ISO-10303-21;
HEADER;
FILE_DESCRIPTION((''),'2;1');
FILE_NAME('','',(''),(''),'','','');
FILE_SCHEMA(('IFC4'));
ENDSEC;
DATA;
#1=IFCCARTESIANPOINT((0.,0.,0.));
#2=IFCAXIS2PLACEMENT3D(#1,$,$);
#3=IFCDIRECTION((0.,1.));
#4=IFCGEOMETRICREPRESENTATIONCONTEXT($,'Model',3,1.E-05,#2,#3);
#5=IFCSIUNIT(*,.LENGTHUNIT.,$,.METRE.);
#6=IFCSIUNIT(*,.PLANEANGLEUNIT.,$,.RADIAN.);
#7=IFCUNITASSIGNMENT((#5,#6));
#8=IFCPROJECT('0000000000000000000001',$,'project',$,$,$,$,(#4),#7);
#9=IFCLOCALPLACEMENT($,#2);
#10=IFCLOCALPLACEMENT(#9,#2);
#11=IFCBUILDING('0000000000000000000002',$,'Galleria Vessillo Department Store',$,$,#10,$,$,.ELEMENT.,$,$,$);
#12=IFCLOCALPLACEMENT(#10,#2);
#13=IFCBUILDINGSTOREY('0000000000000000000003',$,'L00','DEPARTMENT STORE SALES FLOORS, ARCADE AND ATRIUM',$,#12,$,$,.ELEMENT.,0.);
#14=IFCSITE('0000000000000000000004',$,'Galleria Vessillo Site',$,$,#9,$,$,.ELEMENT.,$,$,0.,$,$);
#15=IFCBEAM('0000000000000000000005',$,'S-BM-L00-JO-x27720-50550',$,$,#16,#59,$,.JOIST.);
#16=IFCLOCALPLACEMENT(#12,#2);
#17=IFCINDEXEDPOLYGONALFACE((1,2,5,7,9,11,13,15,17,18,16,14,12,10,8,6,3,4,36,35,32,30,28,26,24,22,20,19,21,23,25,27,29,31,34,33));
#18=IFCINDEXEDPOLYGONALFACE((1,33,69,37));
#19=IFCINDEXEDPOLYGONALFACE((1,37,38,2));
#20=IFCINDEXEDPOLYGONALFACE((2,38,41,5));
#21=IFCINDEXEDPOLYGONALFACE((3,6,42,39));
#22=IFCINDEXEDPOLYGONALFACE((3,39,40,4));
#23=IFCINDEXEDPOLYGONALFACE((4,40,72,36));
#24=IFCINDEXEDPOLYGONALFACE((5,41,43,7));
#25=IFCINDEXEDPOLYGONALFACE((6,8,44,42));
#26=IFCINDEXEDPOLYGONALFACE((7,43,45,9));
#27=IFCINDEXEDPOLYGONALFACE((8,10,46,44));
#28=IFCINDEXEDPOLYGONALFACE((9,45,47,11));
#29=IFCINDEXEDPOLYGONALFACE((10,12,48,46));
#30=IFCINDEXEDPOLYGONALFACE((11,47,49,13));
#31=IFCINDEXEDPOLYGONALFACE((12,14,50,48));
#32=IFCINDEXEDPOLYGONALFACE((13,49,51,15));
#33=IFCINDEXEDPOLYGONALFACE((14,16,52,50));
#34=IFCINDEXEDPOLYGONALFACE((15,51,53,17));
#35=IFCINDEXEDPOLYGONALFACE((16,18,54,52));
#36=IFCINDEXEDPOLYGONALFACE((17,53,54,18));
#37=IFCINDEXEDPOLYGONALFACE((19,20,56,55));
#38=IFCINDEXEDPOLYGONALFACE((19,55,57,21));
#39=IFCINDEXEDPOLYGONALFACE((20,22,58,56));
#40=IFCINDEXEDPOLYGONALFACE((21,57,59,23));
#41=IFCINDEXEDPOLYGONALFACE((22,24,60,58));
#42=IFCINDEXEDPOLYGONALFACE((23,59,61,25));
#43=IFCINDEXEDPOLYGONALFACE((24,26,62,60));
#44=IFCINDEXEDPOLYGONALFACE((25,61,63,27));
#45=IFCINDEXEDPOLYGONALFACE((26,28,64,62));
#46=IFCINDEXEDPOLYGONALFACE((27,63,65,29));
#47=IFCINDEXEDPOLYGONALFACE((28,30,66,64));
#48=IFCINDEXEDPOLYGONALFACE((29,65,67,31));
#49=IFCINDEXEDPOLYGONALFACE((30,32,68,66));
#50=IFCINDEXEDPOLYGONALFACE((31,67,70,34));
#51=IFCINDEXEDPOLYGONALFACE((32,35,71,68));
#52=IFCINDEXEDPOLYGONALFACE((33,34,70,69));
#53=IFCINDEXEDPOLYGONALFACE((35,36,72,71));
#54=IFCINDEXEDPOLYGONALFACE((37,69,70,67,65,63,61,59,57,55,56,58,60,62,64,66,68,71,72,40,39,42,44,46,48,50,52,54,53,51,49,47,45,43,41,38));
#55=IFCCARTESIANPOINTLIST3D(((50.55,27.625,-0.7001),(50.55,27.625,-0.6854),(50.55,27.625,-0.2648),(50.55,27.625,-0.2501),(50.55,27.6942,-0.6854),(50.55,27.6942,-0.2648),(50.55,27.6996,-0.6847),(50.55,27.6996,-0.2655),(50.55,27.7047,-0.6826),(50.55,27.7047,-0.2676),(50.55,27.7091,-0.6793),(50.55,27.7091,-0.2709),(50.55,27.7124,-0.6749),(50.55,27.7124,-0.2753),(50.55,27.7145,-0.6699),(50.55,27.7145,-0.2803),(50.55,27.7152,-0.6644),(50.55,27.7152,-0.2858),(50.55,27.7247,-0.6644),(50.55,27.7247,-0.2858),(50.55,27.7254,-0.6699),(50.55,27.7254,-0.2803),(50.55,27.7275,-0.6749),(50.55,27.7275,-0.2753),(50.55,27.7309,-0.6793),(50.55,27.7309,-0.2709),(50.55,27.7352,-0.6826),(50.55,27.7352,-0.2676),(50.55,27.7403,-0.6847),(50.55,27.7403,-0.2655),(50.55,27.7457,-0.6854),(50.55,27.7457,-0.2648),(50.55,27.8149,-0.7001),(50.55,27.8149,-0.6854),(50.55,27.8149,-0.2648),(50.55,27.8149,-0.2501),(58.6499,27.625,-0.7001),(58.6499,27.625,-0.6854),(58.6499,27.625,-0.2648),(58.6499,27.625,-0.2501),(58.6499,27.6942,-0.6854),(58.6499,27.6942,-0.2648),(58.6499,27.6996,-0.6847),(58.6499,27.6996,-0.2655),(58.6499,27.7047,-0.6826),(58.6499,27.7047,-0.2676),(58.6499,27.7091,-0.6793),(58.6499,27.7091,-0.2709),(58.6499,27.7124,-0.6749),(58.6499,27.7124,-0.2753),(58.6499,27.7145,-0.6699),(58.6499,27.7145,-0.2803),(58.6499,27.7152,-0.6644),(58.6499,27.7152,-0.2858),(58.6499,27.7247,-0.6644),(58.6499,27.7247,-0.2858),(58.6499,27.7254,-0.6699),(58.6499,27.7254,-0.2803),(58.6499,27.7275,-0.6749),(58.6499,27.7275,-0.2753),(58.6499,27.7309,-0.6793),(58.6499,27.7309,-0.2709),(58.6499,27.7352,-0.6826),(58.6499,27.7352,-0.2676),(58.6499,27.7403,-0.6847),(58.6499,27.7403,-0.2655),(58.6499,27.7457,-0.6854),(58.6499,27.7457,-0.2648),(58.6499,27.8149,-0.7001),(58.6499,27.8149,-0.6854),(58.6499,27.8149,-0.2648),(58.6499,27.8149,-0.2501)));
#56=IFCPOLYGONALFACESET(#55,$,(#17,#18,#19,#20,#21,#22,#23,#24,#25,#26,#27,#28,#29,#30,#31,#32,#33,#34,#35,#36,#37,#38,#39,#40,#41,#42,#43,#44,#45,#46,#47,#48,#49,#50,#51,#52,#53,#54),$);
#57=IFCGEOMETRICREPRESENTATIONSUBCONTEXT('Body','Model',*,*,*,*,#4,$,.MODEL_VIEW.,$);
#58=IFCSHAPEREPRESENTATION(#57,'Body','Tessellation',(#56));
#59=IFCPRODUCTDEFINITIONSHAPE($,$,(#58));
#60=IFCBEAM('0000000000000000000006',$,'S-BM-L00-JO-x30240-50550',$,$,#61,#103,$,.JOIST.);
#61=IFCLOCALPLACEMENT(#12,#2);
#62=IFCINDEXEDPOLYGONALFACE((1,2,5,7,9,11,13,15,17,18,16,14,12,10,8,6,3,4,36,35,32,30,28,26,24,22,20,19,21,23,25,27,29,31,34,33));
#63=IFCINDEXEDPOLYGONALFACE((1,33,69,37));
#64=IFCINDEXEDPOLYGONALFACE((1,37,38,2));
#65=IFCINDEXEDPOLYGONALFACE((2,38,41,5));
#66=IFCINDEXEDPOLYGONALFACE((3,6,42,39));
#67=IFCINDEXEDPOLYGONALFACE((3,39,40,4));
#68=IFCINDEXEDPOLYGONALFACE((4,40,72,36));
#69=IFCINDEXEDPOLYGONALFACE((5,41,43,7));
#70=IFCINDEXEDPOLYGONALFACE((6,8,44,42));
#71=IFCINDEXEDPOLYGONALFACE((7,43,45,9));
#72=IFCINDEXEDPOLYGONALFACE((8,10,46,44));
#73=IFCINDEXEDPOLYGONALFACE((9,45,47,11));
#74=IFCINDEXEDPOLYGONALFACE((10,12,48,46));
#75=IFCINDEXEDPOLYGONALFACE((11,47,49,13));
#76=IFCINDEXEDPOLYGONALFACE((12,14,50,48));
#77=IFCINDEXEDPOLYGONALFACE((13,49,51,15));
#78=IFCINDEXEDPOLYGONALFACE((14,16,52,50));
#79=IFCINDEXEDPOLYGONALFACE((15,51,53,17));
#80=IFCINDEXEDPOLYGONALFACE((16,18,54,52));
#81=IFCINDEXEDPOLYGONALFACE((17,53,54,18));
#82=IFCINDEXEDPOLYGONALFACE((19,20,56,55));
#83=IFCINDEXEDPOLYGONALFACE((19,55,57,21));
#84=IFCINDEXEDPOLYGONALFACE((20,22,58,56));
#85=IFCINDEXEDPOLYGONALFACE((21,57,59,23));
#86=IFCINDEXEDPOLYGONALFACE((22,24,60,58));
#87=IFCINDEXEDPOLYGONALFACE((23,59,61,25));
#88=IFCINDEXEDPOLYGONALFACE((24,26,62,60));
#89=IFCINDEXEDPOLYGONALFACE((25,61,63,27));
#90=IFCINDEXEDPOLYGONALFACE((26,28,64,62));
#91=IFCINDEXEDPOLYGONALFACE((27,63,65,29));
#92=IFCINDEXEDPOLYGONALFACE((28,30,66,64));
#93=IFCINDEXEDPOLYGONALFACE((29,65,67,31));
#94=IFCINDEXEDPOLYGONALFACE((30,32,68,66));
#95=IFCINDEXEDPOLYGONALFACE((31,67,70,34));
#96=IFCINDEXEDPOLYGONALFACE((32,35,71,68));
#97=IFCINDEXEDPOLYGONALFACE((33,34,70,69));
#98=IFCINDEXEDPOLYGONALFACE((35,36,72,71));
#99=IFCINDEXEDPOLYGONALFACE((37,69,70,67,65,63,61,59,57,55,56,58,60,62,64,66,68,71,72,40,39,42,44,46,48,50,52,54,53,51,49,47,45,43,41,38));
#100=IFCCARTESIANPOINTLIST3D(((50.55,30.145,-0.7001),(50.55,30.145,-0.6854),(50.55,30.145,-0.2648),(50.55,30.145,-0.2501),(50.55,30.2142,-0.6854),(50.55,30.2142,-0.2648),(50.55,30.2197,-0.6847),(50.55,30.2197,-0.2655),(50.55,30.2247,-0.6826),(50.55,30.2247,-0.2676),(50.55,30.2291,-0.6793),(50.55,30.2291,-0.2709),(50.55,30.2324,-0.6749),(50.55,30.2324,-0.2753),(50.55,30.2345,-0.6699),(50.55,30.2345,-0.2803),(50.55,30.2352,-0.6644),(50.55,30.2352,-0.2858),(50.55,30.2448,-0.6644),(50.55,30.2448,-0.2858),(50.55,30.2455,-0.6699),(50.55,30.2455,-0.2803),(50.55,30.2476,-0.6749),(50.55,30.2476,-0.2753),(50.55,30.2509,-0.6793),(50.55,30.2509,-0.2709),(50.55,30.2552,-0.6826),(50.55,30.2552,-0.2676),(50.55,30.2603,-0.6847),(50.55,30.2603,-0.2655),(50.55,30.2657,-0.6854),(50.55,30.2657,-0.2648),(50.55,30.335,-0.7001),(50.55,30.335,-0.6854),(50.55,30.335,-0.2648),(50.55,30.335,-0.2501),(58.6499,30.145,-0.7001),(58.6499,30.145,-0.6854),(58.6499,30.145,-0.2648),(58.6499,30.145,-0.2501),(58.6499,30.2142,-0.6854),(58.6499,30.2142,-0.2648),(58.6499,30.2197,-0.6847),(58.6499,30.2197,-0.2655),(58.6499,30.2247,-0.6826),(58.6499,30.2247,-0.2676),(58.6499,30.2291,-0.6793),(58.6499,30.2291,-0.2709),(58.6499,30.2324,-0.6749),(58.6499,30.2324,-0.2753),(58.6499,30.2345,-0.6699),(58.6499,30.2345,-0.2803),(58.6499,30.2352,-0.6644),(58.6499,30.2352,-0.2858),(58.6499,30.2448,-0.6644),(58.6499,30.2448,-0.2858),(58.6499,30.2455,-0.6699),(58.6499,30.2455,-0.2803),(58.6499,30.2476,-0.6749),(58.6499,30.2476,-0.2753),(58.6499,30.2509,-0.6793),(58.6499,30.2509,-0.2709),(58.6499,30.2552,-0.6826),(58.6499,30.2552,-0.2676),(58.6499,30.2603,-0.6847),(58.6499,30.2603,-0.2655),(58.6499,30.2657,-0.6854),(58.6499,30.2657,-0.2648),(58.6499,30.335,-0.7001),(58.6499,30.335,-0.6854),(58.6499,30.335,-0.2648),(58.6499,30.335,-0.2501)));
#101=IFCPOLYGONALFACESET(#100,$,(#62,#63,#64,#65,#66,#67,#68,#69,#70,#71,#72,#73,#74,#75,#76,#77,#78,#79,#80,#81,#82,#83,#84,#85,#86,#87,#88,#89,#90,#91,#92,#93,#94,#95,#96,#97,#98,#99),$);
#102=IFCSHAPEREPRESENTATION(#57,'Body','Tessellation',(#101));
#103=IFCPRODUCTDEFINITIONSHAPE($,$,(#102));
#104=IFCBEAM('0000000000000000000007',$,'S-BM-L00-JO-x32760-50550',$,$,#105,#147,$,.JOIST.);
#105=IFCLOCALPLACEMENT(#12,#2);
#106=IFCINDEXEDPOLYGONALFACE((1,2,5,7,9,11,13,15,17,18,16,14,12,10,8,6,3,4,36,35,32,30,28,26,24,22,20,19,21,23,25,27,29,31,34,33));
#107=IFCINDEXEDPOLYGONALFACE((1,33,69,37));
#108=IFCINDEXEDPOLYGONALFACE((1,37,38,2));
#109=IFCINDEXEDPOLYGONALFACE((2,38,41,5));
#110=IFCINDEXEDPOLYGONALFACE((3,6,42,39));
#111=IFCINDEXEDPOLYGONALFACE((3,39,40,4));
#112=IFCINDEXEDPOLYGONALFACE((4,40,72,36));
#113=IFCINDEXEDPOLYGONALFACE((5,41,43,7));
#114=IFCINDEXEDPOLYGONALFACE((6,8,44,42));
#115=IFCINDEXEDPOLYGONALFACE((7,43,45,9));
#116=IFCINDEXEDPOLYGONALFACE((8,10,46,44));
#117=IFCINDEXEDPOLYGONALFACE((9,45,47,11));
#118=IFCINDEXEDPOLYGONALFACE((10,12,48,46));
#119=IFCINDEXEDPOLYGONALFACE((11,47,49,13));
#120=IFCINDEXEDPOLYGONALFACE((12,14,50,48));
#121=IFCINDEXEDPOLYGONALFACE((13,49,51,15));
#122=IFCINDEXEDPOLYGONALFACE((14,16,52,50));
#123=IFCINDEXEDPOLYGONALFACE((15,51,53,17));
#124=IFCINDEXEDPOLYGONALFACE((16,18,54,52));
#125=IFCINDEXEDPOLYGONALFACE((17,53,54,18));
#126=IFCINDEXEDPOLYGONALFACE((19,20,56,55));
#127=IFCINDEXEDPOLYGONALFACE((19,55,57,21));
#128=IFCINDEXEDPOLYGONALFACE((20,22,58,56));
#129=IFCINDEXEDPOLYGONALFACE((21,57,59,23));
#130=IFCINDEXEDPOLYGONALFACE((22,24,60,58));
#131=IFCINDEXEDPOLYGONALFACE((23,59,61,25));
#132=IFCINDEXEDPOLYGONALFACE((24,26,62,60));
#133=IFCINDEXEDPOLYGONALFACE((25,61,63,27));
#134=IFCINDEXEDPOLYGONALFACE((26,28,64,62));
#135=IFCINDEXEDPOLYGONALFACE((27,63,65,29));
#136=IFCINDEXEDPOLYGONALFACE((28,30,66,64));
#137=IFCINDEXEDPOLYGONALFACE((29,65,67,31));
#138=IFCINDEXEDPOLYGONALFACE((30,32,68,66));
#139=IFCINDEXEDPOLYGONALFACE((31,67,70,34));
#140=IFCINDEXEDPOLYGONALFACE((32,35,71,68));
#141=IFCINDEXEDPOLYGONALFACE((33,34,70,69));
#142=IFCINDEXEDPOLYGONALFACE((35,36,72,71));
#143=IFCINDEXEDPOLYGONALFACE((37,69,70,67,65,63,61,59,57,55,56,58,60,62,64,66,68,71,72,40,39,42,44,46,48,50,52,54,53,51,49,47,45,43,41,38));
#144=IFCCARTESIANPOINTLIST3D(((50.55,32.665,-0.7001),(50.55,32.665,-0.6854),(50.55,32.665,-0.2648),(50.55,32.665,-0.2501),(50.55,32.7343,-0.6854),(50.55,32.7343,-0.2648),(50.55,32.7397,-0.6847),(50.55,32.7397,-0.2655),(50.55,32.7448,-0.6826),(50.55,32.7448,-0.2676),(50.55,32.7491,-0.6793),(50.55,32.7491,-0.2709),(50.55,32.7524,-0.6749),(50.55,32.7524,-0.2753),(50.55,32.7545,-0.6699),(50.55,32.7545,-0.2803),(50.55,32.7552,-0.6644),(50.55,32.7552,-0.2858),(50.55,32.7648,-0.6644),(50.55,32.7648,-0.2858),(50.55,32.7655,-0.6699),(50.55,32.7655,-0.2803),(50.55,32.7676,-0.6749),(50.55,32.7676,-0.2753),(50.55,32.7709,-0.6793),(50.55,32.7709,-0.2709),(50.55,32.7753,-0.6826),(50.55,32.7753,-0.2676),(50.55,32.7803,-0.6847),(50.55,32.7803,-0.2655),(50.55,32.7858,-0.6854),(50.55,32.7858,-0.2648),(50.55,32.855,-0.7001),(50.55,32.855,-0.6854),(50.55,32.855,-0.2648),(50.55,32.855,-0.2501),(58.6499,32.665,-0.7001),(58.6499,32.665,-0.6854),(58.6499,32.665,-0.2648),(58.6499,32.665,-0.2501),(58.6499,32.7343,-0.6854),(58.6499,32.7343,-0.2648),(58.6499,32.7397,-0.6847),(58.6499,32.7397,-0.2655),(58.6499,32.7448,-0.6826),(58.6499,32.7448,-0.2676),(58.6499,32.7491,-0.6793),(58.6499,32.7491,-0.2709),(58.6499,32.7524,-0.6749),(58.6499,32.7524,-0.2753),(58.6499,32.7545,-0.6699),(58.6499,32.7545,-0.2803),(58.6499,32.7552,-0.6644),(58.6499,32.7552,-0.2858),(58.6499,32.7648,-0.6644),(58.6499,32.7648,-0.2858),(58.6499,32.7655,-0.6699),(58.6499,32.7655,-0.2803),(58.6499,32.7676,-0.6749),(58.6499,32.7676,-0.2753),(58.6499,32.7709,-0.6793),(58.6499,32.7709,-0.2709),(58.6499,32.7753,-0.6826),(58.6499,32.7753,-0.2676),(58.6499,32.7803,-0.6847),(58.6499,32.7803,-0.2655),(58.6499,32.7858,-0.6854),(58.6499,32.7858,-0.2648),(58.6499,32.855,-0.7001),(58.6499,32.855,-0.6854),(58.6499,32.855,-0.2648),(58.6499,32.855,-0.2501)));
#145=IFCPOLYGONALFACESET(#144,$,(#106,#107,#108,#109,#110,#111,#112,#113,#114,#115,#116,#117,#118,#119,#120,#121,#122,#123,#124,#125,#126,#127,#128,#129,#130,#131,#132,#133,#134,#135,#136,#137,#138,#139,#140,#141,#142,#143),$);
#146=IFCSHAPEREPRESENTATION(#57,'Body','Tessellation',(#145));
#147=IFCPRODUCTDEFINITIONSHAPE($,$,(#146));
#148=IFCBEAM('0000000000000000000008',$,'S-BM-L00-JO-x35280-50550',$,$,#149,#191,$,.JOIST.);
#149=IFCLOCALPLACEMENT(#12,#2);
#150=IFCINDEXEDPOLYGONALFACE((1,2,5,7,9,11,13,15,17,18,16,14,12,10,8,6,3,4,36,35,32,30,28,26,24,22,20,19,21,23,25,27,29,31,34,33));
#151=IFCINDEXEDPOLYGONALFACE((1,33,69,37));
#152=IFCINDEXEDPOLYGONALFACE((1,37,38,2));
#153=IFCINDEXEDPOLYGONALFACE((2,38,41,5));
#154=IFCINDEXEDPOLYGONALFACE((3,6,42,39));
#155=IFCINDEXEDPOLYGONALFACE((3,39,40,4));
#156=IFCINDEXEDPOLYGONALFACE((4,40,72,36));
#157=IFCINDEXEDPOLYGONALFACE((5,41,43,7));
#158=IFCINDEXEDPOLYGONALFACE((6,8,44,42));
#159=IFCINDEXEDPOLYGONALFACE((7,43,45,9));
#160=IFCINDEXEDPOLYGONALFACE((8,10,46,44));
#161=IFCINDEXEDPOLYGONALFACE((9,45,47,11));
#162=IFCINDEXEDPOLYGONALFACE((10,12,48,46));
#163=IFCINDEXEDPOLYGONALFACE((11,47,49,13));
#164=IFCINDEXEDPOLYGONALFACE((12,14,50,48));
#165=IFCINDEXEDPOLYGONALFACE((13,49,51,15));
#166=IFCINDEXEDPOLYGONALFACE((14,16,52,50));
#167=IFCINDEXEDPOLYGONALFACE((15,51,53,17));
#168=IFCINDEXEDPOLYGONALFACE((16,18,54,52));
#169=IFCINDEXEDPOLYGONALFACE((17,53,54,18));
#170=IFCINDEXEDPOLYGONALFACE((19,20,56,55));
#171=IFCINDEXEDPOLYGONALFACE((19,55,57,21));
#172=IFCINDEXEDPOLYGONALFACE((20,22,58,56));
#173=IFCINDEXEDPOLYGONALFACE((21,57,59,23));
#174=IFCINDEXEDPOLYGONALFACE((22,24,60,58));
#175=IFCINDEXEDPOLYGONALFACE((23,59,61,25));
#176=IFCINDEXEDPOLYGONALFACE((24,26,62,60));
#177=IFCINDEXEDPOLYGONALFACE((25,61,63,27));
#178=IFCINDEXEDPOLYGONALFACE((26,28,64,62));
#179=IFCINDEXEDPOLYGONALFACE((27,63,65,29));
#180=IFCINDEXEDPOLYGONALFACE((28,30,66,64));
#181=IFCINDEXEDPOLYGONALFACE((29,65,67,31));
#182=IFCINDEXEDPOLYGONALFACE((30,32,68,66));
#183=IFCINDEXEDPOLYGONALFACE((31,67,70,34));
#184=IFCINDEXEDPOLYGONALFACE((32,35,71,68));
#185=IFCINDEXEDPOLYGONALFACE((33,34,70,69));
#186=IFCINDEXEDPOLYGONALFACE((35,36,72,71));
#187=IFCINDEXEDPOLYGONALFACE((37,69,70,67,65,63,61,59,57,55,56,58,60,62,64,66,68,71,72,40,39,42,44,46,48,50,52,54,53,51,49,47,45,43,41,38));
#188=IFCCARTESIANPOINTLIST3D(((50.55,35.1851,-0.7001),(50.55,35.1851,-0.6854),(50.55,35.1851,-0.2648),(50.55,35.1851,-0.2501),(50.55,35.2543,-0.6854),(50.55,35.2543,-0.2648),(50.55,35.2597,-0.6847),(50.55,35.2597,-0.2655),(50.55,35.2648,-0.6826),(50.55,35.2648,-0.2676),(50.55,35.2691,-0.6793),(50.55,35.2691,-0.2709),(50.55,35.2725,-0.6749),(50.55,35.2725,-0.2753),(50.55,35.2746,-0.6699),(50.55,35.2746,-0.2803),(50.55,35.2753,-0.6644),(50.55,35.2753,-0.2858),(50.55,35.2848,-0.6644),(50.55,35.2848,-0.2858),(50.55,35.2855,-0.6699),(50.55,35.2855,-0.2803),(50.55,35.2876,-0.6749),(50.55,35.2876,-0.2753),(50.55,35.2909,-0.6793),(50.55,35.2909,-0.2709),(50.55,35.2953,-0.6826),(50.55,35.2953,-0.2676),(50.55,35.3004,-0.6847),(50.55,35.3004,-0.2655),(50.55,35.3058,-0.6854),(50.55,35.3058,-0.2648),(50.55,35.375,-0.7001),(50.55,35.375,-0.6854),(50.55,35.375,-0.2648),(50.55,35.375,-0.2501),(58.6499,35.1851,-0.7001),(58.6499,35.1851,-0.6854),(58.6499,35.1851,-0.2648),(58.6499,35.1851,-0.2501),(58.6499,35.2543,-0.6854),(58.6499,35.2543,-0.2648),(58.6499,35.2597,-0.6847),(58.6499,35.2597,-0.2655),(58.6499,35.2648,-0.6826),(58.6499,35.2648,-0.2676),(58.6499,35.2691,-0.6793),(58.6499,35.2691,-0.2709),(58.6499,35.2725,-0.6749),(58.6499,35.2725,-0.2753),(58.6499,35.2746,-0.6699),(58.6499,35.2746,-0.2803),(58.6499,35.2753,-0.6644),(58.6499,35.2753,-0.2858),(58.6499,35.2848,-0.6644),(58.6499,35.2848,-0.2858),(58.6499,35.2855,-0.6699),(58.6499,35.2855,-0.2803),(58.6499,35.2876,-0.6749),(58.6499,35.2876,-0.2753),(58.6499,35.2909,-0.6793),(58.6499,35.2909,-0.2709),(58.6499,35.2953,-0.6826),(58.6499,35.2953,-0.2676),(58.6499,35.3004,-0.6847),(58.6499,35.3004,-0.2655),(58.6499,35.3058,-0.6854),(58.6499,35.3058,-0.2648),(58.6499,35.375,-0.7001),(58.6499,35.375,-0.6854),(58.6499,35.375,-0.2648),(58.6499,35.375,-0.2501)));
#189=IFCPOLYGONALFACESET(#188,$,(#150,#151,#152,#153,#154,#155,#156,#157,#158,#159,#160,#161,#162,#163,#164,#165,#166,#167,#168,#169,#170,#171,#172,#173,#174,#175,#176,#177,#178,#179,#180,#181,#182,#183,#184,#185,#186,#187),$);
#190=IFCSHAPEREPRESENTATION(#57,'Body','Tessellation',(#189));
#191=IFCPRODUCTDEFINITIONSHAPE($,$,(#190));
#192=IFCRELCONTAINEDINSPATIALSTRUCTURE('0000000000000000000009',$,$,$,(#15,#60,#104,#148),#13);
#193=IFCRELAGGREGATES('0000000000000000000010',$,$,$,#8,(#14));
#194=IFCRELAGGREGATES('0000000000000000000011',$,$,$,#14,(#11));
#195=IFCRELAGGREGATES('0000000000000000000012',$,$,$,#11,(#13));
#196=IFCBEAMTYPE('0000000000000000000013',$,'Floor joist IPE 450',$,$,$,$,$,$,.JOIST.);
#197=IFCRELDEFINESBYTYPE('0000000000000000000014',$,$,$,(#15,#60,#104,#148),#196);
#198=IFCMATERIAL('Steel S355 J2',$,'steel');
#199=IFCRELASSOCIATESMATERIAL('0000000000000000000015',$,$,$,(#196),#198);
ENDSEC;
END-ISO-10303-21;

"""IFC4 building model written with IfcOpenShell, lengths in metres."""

from ifc_helpers import new_model, si_unit, direction, frame, origin, origin_2d, place, context, subcontext, project, spatial, i_section, extrude, material, material_profile, profile_set, type_object, element, save


model = new_model("IFC4")

# Units and contexts
model_context = context("Model", 3, precision=1e-05, world=origin(), true_north=direction((0.0, 1.0)))
body_context = subcontext(model_context, "Body", "Model", "MODEL_VIEW")
ifc_project = project(units=[si_unit("LENGTHUNIT", "METRE"), si_unit("PLANEANGLEUNIT", "RADIAN")], contexts=[model_context])

# Site, building, storey
site_placement = place(None, origin())
site = spatial("IfcSite", under=ifc_project, at=site_placement, Name="Galleria Vessillo Site", CompositionType="ELEMENT", RefElevation=0.0)
building_placement = place(site_placement, origin())
building = spatial("IfcBuilding", under=site, at=building_placement, Name="Galleria Vessillo Department Store", CompositionType="ELEMENT")
storey_placement = place(building_placement, origin())
storey = spatial("IfcBuildingStorey", under=building, at=storey_placement, Name="L00", Description="DEPARTMENT STORE SALES FLOORS, ARCADE AND ATRIUM", CompositionType="ELEMENT", Elevation=0.0)

# Beams
ifc_material_1 = material(Name="Steel S355 J2", Category="steel")
ifc_material_profile_1 = material_profile(ifc_material_1, i_section(OverallWidth=0.1899, OverallDepth=0.45, WebThickness=0.0095, FlangeThickness=0.0146, FilletRadius=0.021, at=origin_2d()), Name="IPE 450")
ifc_profile_set_1 = profile_set([ifc_material_profile_1], Name="Steel S355 J2")
beam_type_1 = type_object("IfcBeamType", Name="Floor joist IPE 450", PredefinedType="JOIST", material=ifc_profile_set_1)
for number, where, z_axis, x_axis, name in (
    (1, (50.55, 27.72, -0.4751), (1.0, 0.0, 0.0), (0.0, 1.0, 0.0), "S-BM-L00-JO-x27720-50550"),
    (2, (50.55, 30.24, -0.4751), (1.0, 0.0, 0.0), (0.0, 1.0, 0.0), "S-BM-L00-JO-x30240-50550"),
    (3, (50.55, 32.76, -0.4751), (1.0, 0.0, 0.0), (0.0, 1.0, 0.0), "S-BM-L00-JO-x32760-50550"),
    (4, (50.55, 35.28, -0.4751), (1.0, 0.0, 0.0), (0.0, 1.0, 0.0), "S-BM-L00-JO-x35280-50550"),
):
    element("IfcBeam", number, at=place(storey_placement, frame(where, z_axis=z_axis, x_axis=x_axis)), inside=storey, type_object=beam_type_1, Name=name, PredefinedType="JOIST", context=body_context, shape_type="SweptSolid", body=[
        extrude(i_section(OverallWidth=0.1899, OverallDepth=0.45, WebThickness=0.0095, FlangeThickness=0.0146, FilletRadius=0.021, at=origin_2d()), origin(), (0.0, 0.0, 1.0), 8.0999),
    ])

save(model, "model.ifc")
